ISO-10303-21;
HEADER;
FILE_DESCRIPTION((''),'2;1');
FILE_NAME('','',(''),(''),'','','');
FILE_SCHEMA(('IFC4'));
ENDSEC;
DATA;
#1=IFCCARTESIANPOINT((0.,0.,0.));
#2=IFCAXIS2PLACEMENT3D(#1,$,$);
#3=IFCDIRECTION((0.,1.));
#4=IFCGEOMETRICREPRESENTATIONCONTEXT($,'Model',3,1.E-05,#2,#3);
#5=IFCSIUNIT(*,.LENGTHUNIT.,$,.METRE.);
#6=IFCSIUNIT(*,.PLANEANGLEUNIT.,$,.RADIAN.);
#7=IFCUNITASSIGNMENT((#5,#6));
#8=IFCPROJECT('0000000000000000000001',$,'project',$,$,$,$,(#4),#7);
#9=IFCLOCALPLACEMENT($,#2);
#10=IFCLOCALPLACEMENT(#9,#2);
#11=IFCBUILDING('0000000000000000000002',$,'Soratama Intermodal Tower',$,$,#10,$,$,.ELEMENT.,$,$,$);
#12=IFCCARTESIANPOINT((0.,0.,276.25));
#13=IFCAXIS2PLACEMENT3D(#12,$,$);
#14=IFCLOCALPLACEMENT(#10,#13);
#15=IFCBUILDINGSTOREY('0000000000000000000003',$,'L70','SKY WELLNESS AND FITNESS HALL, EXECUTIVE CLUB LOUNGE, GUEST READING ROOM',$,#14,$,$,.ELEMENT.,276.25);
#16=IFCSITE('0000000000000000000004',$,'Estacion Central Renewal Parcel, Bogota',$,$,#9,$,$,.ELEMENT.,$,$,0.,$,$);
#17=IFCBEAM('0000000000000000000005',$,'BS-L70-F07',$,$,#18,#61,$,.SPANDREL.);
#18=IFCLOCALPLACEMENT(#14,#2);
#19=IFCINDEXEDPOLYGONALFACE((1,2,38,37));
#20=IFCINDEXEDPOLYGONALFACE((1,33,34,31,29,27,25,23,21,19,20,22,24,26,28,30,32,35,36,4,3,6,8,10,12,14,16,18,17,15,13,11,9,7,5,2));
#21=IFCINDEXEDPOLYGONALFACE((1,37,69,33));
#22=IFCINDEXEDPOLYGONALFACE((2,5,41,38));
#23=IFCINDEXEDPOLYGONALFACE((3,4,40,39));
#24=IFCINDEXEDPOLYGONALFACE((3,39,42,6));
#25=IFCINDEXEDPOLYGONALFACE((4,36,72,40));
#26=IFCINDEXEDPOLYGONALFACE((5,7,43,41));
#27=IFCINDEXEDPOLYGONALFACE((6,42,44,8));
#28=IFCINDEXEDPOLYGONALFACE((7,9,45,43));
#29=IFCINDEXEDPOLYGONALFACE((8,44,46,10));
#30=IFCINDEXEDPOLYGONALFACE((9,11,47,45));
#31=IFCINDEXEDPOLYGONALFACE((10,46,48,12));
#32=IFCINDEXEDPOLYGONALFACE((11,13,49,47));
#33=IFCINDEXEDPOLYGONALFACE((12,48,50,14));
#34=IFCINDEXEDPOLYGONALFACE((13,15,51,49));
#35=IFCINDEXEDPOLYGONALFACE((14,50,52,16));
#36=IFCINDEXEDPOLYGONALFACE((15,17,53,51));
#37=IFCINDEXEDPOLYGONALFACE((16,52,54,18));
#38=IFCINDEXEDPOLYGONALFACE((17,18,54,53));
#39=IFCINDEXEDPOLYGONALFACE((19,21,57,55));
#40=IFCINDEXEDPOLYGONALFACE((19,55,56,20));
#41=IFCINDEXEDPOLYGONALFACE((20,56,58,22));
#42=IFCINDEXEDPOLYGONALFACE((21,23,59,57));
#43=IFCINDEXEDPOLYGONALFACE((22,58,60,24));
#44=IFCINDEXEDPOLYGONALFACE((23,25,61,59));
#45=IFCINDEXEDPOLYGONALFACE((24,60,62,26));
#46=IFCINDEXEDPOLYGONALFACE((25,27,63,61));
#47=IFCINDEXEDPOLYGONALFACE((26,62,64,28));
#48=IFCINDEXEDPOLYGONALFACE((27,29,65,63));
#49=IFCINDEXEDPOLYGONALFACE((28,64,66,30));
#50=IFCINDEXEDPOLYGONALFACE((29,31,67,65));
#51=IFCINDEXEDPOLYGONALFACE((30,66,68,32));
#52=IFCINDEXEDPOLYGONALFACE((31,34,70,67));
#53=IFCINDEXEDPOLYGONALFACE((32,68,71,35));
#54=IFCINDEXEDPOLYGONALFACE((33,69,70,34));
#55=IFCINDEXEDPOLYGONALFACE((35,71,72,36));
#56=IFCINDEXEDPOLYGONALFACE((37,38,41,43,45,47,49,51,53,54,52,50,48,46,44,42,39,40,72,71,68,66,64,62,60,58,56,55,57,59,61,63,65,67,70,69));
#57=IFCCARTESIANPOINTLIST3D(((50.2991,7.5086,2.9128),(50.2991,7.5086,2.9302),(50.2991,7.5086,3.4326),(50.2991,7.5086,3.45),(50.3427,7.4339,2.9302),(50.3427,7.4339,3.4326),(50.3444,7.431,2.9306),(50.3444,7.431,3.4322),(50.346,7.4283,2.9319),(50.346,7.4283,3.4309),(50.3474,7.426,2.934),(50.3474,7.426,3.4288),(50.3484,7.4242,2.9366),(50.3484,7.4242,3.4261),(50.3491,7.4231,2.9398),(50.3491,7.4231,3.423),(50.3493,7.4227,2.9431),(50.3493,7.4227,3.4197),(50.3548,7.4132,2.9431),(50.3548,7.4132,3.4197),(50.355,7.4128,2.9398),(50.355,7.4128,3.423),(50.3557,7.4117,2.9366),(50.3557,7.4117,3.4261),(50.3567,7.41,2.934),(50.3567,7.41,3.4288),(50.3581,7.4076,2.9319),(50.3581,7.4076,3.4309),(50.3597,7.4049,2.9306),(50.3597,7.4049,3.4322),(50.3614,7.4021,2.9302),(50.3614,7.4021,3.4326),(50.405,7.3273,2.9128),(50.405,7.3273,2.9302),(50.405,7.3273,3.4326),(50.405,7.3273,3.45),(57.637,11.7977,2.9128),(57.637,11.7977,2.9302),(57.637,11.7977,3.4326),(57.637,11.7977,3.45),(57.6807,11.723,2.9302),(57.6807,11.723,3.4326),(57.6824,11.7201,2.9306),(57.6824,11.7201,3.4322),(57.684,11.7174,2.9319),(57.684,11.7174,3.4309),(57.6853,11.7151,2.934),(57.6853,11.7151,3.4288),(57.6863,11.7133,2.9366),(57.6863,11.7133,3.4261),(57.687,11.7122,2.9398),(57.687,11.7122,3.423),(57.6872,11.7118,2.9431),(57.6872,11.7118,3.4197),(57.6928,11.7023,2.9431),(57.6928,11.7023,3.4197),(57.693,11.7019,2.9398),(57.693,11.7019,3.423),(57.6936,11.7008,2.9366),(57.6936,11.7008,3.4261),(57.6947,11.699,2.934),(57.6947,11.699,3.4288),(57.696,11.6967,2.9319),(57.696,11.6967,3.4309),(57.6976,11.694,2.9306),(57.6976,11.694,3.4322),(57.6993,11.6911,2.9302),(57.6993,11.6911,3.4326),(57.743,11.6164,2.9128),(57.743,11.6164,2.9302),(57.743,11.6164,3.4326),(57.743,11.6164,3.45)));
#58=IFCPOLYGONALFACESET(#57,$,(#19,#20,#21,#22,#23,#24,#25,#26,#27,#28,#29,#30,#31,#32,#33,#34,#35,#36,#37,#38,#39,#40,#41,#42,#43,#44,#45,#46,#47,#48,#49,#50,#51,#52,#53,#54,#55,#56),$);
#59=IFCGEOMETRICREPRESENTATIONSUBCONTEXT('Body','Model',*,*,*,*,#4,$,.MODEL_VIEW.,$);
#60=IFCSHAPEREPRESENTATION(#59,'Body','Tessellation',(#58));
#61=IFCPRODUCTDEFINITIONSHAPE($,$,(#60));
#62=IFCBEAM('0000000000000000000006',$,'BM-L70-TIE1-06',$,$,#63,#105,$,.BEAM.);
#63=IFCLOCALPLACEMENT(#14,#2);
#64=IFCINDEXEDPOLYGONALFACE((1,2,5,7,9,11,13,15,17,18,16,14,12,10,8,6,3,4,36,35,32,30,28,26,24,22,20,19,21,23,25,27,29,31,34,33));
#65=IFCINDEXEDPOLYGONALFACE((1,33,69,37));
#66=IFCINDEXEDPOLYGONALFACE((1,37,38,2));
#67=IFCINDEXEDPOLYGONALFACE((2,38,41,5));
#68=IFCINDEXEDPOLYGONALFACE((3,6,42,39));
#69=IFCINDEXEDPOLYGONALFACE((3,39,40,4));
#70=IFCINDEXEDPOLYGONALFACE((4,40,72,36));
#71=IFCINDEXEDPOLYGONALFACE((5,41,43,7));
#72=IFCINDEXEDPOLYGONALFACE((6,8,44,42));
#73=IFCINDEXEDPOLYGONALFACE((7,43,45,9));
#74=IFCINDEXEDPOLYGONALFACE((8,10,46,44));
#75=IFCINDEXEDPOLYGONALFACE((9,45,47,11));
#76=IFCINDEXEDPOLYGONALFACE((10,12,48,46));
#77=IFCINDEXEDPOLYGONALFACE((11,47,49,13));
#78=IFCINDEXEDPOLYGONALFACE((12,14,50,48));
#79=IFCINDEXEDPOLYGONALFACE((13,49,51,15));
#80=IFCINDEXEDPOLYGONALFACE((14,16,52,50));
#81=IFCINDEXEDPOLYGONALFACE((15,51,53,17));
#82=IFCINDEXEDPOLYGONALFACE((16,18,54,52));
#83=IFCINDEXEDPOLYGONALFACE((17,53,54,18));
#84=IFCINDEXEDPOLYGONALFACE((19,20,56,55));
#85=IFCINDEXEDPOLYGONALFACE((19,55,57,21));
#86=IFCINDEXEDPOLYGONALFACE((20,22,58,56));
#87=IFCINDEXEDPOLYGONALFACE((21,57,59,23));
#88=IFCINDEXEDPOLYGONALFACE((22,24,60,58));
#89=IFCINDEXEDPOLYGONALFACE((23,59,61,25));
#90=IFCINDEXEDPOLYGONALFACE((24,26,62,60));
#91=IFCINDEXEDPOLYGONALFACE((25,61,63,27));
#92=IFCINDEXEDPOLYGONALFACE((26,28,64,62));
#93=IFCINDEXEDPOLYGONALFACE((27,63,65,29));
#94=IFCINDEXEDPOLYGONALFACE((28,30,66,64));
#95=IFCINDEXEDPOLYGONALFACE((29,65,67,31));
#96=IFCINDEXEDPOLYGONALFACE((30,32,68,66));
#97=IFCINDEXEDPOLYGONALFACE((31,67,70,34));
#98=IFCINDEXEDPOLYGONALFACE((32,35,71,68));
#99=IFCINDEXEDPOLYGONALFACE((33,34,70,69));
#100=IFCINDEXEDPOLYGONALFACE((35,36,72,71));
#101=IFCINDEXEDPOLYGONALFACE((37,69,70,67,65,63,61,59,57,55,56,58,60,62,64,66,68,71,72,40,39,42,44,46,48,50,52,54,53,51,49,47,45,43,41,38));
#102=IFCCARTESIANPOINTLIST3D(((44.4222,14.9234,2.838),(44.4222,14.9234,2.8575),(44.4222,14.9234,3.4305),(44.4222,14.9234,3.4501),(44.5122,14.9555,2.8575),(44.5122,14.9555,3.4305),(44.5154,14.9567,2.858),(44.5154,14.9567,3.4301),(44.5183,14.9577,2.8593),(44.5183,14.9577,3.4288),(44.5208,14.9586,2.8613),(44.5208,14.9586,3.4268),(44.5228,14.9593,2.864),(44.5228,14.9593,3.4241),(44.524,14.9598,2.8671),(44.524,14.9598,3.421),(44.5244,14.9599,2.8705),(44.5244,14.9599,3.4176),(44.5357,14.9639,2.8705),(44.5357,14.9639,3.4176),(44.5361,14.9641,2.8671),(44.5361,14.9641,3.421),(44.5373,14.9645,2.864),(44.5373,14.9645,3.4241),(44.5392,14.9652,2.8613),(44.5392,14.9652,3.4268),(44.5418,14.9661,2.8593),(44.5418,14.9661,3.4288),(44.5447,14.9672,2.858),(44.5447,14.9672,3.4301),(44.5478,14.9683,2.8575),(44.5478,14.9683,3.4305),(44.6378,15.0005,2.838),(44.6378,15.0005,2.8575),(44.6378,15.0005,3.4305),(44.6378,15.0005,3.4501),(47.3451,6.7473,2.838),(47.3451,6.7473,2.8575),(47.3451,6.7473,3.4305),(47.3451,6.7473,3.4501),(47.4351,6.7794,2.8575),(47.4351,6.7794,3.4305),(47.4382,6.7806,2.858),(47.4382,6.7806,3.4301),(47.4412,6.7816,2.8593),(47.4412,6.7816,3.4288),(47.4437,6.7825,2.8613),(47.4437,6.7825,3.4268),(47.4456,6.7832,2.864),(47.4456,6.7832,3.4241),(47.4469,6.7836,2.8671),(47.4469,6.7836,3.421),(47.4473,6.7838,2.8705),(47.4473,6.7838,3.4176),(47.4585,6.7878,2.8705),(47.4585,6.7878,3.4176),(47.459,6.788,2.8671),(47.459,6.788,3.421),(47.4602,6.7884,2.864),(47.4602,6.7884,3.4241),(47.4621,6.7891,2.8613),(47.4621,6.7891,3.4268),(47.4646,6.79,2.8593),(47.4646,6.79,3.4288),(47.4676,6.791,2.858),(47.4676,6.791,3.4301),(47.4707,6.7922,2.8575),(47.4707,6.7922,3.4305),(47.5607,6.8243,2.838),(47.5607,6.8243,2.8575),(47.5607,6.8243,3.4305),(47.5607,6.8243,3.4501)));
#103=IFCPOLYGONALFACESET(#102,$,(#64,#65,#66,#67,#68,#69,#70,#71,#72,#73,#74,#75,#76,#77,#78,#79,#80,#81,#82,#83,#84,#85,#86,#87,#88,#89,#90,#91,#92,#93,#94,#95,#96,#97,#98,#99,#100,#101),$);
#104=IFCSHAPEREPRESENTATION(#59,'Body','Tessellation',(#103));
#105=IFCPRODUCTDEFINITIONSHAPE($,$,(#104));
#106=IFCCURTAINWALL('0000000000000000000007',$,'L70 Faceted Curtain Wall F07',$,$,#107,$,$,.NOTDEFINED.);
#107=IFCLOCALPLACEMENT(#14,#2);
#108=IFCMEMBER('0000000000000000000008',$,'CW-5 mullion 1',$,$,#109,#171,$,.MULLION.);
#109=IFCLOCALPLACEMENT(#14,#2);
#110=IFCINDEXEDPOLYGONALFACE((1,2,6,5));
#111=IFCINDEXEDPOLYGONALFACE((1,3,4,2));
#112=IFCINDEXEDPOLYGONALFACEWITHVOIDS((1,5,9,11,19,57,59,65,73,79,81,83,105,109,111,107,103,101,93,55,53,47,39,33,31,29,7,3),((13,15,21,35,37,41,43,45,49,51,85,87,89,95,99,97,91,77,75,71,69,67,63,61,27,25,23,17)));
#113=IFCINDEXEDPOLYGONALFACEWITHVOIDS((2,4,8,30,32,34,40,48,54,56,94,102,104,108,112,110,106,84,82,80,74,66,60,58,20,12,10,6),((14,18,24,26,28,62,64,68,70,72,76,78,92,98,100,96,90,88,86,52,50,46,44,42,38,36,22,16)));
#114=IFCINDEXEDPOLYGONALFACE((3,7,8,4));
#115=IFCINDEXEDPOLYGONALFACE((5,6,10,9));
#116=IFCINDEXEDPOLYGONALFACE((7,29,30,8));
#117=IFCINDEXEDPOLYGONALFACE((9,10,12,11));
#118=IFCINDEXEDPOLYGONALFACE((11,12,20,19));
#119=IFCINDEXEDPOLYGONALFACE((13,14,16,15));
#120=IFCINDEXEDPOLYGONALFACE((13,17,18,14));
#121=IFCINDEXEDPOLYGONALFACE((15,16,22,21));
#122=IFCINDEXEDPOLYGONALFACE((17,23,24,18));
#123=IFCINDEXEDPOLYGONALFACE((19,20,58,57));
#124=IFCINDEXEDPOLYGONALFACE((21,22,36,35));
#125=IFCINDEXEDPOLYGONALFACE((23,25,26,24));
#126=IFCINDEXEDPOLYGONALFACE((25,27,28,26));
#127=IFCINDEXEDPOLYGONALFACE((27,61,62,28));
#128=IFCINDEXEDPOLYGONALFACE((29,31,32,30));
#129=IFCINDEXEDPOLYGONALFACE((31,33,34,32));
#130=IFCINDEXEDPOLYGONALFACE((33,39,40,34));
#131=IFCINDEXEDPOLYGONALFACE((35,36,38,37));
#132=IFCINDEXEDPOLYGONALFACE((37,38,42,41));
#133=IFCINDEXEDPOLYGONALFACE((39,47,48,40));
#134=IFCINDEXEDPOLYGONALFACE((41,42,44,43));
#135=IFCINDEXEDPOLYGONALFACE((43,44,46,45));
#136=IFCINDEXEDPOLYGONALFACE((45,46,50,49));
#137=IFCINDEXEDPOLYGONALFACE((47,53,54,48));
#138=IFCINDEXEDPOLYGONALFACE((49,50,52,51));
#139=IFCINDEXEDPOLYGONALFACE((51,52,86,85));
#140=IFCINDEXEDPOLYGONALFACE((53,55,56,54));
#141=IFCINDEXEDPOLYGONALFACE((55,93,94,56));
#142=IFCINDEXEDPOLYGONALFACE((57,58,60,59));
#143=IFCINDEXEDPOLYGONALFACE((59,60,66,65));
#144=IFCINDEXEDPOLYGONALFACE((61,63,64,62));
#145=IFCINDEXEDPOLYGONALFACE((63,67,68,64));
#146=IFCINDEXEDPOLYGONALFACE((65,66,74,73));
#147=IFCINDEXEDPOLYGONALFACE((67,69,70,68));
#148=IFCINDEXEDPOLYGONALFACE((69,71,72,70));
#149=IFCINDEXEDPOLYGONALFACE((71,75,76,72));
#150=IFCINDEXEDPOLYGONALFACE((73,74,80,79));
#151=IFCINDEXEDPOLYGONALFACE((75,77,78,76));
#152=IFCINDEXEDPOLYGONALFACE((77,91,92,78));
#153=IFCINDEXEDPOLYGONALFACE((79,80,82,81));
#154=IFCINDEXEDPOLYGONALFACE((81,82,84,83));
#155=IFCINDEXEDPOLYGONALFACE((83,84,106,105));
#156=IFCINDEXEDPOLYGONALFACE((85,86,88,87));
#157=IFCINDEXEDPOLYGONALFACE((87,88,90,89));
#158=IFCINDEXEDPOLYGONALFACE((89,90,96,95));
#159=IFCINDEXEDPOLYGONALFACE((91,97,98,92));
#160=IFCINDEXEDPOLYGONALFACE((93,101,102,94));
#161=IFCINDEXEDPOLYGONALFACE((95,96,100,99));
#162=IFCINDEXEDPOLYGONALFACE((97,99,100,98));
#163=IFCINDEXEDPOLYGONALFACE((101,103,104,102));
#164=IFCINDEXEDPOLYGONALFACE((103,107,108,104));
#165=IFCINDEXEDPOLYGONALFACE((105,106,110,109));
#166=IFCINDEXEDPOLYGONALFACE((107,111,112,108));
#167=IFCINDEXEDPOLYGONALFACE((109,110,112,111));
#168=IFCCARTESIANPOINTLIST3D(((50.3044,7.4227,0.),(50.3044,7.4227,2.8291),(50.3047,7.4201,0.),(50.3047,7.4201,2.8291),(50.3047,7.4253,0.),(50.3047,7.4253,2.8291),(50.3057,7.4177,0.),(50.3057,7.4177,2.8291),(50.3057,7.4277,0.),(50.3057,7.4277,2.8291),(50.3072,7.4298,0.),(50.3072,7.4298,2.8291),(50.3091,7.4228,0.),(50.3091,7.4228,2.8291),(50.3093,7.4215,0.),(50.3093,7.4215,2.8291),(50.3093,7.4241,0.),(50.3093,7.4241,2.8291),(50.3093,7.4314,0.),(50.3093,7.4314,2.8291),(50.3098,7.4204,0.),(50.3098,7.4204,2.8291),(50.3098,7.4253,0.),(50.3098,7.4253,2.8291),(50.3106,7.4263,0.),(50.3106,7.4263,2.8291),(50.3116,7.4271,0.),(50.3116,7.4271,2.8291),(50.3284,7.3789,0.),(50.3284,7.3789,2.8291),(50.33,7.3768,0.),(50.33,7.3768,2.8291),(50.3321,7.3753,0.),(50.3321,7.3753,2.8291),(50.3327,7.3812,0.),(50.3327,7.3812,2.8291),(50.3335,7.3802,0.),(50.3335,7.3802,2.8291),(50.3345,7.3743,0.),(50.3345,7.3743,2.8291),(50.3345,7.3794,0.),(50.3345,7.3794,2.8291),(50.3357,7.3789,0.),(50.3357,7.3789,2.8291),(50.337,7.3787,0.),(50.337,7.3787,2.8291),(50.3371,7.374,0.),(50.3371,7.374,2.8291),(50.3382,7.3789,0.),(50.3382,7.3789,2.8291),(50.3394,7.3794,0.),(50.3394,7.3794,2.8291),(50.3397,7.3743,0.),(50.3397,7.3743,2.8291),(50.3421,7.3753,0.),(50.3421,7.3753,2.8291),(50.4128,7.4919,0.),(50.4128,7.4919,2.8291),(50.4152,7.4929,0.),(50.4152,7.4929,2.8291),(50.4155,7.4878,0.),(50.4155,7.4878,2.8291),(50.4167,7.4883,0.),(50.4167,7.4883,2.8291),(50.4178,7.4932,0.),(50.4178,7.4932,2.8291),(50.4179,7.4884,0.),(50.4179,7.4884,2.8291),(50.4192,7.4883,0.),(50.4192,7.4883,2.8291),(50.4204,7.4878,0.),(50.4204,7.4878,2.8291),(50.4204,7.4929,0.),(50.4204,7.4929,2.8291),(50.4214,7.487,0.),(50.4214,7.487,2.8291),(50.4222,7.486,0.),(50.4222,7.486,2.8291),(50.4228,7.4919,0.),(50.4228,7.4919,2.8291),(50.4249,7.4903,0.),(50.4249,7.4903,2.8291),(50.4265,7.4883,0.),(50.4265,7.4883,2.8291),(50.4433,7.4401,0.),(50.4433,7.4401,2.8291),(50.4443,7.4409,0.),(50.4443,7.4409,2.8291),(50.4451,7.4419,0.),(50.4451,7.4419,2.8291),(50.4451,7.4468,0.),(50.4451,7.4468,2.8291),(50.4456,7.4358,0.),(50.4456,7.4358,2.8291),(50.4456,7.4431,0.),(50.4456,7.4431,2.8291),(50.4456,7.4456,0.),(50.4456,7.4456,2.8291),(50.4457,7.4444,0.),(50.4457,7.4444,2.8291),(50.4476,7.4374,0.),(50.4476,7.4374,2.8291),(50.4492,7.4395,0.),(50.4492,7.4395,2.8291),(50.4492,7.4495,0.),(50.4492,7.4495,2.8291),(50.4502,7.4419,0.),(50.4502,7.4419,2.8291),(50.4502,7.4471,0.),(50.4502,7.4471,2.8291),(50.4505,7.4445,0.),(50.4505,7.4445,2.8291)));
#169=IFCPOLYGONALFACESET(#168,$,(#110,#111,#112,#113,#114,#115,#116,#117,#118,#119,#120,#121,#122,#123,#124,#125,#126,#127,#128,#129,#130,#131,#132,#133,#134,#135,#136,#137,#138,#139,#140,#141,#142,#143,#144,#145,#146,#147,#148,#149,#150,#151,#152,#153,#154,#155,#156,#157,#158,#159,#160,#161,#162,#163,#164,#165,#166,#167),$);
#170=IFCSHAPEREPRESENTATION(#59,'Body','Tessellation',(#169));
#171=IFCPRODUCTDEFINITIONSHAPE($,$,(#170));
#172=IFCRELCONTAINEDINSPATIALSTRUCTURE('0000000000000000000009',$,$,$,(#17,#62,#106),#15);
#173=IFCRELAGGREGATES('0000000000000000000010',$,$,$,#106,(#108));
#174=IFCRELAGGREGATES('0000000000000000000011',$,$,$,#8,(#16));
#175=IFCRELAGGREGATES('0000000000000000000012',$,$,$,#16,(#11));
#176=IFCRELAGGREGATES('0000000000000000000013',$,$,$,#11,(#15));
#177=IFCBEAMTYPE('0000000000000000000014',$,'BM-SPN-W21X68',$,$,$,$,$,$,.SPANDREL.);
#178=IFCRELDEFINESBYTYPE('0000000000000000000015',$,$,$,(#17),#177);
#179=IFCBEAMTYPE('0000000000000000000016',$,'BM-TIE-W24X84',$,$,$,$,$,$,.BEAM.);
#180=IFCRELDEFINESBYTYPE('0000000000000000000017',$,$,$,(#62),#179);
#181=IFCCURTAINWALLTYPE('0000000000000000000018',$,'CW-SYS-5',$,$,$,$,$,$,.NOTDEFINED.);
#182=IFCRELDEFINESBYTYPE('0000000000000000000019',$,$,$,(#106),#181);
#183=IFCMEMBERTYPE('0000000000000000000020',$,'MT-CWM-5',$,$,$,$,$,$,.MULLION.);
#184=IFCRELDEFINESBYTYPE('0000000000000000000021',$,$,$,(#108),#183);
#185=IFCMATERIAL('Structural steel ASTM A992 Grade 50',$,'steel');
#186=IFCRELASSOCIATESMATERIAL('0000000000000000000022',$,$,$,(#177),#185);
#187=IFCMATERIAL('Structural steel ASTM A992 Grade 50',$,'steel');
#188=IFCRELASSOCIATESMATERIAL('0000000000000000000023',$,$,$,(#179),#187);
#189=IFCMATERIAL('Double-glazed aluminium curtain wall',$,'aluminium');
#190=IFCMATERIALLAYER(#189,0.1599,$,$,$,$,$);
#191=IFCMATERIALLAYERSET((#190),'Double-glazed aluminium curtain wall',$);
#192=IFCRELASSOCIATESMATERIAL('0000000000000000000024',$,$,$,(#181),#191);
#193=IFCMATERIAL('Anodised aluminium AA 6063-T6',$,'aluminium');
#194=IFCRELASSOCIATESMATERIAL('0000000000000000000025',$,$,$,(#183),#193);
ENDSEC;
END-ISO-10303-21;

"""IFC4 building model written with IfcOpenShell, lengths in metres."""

from ifc_helpers import new_model, si_unit, direction, frame, origin, origin_2d, place, context, subcontext, project, spatial, hollow_rectangle, i_section, extrude, material, layer, layer_set, material_profile, profile_set, type_object, element, aggregate, save


model = new_model("IFC4")

# Units and contexts
model_context = context("Model", 3, precision=1e-05, world=origin(), true_north=direction((0.0, 1.0)))
body_context = subcontext(model_context, "Body", "Model", "MODEL_VIEW")
ifc_project = project(units=[si_unit("LENGTHUNIT", "METRE"), si_unit("PLANEANGLEUNIT", "RADIAN")], contexts=[model_context])

# Site, building, storey
site_placement = place(None, origin())
site = spatial("IfcSite", under=ifc_project, at=site_placement, Name="Estacion Central Renewal Parcel, Bogota", CompositionType="ELEMENT", RefElevation=0.0)
building_placement = place(site_placement, origin())
building = spatial("IfcBuilding", under=site, at=building_placement, Name="Soratama Intermodal Tower", CompositionType="ELEMENT")
storey_placement = place(building_placement, frame((0.0, 0.0, 276.25)))
storey = spatial("IfcBuildingStorey", under=building, at=storey_placement, Name="L70", Description="SKY WELLNESS AND FITNESS HALL, EXECUTIVE CLUB LOUNGE, GUEST READING ROOM", CompositionType="ELEMENT", Elevation=276.25)

# Beams
ifc_material_1 = material(Name="Structural steel ASTM A992 Grade 50", Category="steel")
ifc_material_profile_1 = material_profile(ifc_material_1, i_section(OverallWidth=0.21, OverallDepth=0.5371, WebThickness=0.011, FlangeThickness=0.0173, FilletRadius=0.0129, at=origin_2d()), Name="W21X68")
ifc_profile_set_1 = profile_set([ifc_material_profile_1], Name="Structural steel ASTM A992 Grade 50")
beam_type_1 = type_object("IfcBeamType", Name="BM-SPN-W21X68", PredefinedType="SPANDREL", material=ifc_profile_set_1)
beam_1_placement = place(storey_placement, frame((50.3521, 7.418, 3.1814), z_axis=(0.863337, 0.504628, 0.0), x_axis=(-0.504628, 0.863337, 0.0)))
element("IfcBeam", 1, at=beam_1_placement, inside=storey, type_object=beam_type_1, Name="BS-L70-F07", PredefinedType="SPANDREL", context=body_context, shape_type="SweptSolid", body=[
    extrude(i_section(OverallWidth=0.21, OverallDepth=0.5371, WebThickness=0.011, FlangeThickness=0.0173, FilletRadius=0.0129, at=origin_2d()), origin(), (0.0, 0.0, 1.0), 8.4995),
])
ifc_material_2 = material(Name="Structural steel ASTM A992 Grade 50", Category="steel")
ifc_material_profile_2 = material_profile(ifc_material_2, i_section(OverallWidth=0.229, OverallDepth=0.6121, WebThickness=0.012, FlangeThickness=0.0195, FilletRadius=0.0129, at=origin_2d()), Name="W24X84")
ifc_profile_set_2 = profile_set([ifc_material_profile_2], Name="Structural steel ASTM A992 Grade 50")
beam_type_2 = type_object("IfcBeamType", Name="BM-TIE-W24X84", PredefinedType="BEAM", material=ifc_profile_set_2)
beam_2_placement = place(storey_placement, frame((44.53, 14.9619, 3.144), z_axis=(0.336627, -0.941638, 0.0), x_axis=(0.941638, 0.336627, 0.0)))
element("IfcBeam", 2, at=beam_2_placement, inside=storey, type_object=beam_type_2, Name="BM-L70-TIE1-06", PredefinedType="BEAM", context=body_context, shape_type="SweptSolid", body=[
    extrude(i_section(OverallWidth=0.229, OverallDepth=0.6121, WebThickness=0.012, FlangeThickness=0.0195, FilletRadius=0.0129, at=origin_2d()), origin(), (0.0, 0.0, 1.0), 8.6829),
])

# Curtain wall, member
ifc_material_3 = material(Name="Double-glazed aluminium curtain wall", Category="aluminium")
ifc_layer_1 = layer(ifc_material_3, 0.1599)
ifc_layer_set_1 = layer_set([ifc_layer_1], Name="Double-glazed aluminium curtain wall")
curtain_wall_type = type_object("IfcCurtainWallType", Name="CW-SYS-5", PredefinedType="NOTDEFINED", material=ifc_layer_set_1)
curtain_wall_placement = place(storey_placement, origin())
curtain_wall = element("IfcCurtainWall", 3, at=curtain_wall_placement, inside=storey, type_object=curtain_wall_type, Name="L70 Faceted Curtain Wall F07", PredefinedType="NOTDEFINED")
ifc_material_4 = material(Name="Anodised aluminium AA 6063-T6", Category="aluminium")
ifc_material_profile_3 = material_profile(ifc_material_4, hollow_rectangle(XDim=0.0649, YDim=0.1399, WallThickness=0.0049, InnerFilletRadius=0.0049, OuterFilletRadius=0.01, at=origin_2d()), Name="CWM140X65X5")
ifc_profile_set_3 = profile_set([ifc_material_profile_3], Name="Anodised aluminium AA 6063-T6")
member_type_1 = type_object("IfcMemberType", Name="MT-CWM-5", PredefinedType="MULLION", material=ifc_profile_set_3)
member_1_placement = place(storey_placement, frame((50.3774, 7.4336, 0.0), z_axis=(0.0, 0.0, 1.0), x_axis=(-0.504528, 0.863395, 0.0)))
member_1 = element("IfcMember", 4, at=member_1_placement, type_object=member_type_1, Name="CW-5 mullion 1", PredefinedType="MULLION", context=body_context, shape_type="SweptSolid", body=[
    extrude(hollow_rectangle(XDim=0.0649, YDim=0.1399, WallThickness=0.0049, InnerFilletRadius=0.0049, OuterFilletRadius=0.01, at=origin_2d()), origin(), (0.0, 0.0, 1.0), 2.8291),
])
aggregate(curtain_wall, [member_1])

save(model, "model.ifc")
